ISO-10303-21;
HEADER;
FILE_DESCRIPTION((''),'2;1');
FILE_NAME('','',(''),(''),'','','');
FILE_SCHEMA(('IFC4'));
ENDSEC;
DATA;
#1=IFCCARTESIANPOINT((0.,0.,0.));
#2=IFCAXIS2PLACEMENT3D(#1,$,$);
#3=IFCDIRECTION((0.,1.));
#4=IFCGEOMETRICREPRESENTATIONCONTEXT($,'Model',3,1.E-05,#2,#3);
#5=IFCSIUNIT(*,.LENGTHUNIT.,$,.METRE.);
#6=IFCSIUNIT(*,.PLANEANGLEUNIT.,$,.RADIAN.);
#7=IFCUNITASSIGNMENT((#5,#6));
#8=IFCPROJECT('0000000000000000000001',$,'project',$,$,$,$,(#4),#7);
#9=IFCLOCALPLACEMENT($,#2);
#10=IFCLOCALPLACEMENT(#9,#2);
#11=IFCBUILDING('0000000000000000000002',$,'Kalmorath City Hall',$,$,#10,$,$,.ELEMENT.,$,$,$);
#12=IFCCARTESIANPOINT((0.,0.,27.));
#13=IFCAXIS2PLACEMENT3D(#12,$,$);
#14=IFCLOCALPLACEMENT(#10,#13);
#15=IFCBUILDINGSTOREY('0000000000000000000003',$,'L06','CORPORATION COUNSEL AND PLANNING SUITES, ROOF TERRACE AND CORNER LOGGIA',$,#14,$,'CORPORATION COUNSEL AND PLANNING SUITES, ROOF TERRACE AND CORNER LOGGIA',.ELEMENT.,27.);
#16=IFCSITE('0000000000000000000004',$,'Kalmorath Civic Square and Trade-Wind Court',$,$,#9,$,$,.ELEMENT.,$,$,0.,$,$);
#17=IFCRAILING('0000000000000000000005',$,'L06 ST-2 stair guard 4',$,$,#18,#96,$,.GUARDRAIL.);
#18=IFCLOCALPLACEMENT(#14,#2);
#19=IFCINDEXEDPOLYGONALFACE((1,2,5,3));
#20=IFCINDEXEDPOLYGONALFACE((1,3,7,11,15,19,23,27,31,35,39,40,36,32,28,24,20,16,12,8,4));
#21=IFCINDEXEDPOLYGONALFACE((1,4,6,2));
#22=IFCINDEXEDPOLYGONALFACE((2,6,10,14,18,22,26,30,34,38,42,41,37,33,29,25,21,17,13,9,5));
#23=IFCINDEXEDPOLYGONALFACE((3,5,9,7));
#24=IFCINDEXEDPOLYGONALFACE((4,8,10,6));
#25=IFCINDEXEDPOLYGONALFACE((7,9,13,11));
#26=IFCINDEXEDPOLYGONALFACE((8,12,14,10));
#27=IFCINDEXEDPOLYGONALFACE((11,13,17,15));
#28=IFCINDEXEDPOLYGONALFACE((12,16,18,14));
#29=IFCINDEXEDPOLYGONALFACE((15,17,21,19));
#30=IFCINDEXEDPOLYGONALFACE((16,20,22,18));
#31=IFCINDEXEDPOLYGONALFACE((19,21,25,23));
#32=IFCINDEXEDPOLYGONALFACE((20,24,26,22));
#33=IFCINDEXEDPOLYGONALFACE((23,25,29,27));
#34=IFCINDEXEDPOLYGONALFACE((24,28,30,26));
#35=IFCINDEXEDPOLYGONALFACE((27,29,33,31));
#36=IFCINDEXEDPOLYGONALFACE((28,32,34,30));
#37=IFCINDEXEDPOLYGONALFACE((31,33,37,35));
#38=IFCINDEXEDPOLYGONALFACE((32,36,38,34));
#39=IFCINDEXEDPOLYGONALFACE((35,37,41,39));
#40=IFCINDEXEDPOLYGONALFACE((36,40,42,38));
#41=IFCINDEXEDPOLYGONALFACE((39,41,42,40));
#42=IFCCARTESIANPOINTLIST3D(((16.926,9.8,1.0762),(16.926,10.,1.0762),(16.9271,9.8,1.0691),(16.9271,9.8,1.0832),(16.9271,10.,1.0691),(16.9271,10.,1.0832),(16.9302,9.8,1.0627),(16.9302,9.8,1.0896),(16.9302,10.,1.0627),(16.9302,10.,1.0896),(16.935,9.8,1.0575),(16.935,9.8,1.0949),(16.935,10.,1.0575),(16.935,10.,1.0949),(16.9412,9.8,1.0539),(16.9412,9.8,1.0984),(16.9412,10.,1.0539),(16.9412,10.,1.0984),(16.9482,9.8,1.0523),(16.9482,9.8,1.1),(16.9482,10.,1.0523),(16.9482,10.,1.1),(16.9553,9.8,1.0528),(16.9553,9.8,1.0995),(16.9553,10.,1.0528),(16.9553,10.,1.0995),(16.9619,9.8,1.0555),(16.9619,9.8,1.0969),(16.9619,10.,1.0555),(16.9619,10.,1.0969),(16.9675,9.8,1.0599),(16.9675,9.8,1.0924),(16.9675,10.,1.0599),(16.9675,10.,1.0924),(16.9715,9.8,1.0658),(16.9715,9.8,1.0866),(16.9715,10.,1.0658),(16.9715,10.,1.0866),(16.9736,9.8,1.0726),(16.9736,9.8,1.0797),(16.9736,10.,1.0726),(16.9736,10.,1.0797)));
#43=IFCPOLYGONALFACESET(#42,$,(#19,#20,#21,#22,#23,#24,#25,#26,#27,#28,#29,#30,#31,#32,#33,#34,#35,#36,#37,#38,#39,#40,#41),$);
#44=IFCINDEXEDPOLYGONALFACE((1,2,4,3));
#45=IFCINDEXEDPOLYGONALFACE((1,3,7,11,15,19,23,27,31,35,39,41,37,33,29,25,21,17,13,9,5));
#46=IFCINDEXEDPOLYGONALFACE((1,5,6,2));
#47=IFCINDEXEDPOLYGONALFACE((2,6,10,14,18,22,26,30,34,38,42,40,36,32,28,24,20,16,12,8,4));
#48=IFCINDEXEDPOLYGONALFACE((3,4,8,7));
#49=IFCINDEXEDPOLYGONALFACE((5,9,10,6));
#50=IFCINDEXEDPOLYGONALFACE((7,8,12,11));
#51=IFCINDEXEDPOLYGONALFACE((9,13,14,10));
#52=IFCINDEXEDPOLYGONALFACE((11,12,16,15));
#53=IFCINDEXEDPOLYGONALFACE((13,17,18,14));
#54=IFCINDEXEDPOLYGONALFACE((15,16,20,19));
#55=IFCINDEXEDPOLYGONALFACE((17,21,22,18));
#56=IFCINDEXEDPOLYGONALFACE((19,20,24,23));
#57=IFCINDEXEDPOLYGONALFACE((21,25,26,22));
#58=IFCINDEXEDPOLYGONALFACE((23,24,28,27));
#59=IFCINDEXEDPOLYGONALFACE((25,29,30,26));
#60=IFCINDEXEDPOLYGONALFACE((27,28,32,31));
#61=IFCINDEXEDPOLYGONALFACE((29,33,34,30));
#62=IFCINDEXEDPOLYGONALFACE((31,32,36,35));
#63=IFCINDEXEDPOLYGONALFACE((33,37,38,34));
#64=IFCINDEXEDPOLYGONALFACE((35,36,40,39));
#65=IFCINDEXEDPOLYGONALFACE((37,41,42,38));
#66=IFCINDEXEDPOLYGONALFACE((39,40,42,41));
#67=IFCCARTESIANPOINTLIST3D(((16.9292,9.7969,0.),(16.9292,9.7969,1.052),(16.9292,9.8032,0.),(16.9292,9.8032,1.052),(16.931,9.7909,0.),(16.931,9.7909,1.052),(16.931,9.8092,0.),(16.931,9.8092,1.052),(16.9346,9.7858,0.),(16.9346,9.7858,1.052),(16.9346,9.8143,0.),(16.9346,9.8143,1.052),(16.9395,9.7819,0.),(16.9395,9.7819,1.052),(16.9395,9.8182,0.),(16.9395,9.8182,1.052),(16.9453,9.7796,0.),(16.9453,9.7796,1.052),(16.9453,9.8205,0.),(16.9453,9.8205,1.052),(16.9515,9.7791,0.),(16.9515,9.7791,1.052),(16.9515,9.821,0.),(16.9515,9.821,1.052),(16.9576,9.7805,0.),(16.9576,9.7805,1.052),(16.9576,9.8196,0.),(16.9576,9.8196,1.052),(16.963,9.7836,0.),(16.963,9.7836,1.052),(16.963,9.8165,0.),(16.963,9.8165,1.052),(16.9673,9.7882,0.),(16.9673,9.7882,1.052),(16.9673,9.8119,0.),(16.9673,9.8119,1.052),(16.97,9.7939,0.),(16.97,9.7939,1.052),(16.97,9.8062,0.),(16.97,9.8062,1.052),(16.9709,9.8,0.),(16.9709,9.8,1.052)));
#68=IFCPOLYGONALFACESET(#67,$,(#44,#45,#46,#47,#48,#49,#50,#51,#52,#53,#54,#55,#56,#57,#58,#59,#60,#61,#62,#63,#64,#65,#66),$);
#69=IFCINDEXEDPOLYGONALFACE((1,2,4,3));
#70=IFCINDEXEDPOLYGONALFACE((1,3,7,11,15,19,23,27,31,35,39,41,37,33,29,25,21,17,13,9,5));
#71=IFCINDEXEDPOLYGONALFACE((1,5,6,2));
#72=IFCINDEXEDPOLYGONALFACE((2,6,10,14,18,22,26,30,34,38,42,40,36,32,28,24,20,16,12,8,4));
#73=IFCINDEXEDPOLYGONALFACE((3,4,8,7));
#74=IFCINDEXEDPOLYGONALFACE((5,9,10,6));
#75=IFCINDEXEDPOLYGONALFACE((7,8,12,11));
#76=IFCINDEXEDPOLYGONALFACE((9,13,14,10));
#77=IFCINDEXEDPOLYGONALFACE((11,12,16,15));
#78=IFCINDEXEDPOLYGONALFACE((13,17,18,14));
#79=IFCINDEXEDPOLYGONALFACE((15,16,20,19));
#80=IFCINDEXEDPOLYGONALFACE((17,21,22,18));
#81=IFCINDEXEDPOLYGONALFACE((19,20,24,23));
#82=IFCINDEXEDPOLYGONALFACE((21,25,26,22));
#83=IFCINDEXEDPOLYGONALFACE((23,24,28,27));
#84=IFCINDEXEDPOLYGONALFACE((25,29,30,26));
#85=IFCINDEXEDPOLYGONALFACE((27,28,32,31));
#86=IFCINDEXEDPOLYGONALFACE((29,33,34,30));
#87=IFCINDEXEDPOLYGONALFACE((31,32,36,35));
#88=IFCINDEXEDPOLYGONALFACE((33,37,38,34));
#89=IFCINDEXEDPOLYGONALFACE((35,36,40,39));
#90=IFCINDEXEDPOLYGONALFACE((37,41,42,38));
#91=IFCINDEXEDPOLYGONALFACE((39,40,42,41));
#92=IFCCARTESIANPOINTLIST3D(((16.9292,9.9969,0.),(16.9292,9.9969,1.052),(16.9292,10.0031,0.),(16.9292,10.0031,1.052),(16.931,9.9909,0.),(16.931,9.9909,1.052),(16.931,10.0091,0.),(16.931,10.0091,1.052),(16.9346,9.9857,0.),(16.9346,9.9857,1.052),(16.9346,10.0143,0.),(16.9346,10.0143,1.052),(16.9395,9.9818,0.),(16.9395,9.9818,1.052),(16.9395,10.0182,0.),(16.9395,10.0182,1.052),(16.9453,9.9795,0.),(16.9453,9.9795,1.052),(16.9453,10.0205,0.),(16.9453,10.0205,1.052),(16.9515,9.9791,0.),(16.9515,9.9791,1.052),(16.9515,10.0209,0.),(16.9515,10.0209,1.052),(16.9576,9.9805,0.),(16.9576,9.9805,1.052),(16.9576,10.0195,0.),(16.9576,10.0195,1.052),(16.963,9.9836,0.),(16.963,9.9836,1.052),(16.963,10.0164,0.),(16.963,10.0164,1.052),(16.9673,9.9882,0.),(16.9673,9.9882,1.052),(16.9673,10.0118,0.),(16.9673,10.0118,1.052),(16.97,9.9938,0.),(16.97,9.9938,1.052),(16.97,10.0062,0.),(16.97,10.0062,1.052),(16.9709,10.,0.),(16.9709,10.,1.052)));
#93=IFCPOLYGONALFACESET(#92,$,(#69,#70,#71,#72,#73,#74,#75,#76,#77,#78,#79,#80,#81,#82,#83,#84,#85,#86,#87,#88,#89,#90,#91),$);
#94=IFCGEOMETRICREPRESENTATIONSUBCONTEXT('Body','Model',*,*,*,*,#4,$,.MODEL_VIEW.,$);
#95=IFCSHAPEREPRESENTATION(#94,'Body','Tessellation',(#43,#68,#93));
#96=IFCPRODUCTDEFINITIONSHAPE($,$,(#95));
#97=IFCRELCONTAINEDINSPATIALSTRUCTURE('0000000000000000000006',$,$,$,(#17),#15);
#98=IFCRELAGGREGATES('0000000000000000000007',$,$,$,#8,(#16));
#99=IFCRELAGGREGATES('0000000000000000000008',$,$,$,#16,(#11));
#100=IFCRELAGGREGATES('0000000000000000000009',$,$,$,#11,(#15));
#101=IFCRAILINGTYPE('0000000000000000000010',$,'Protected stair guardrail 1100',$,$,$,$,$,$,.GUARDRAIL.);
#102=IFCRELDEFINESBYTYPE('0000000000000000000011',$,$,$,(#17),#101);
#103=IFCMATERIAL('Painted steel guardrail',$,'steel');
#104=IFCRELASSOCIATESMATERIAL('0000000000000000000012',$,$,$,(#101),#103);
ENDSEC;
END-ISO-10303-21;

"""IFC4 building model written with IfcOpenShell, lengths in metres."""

from ifc_helpers import new_model, si_unit, direction, frame, origin, origin_2d, place, context, subcontext, project, spatial, circle, extrude, material, type_object, element, save


model = new_model("IFC4")

# Units and contexts
model_context = context("Model", 3, precision=1e-05, world=origin(), true_north=direction((0.0, 1.0)))
body_context = subcontext(model_context, "Body", "Model", "MODEL_VIEW")
ifc_project = project(units=[si_unit("LENGTHUNIT", "METRE"), si_unit("PLANEANGLEUNIT", "RADIAN")], contexts=[model_context])

# Site, building, storey
site_placement = place(None, origin())
site = spatial("IfcSite", under=ifc_project, at=site_placement, Name="Kalmorath Civic Square and Trade-Wind Court", CompositionType="ELEMENT", RefElevation=0.0)
building_placement = place(site_placement, origin())
building = spatial("IfcBuilding", under=site, at=building_placement, Name="Kalmorath City Hall", CompositionType="ELEMENT")
storey_placement = place(building_placement, frame((0.0, 0.0, 27.0)))
storey = spatial("IfcBuildingStorey", under=building, at=storey_placement, Name="L06", Description="CORPORATION COUNSEL AND PLANNING SUITES, ROOF TERRACE AND CORNER LOGGIA", LongName="CORPORATION COUNSEL AND PLANNING SUITES, ROOF TERRACE AND CORNER LOGGIA", CompositionType="ELEMENT", Elevation=27.0)

# Railing
ifc_material_1 = material(Name="Painted steel guardrail", Category="steel")
railing_type_1 = type_object("IfcRailingType", Name="Protected stair guardrail 1100", PredefinedType="GUARDRAIL", material=ifc_material_1)
railing_1_placement = place(storey_placement, frame((16.95, 9.8, 0.0)))
element("IfcRailing", 1, at=railing_1_placement, inside=storey, type_object=railing_type_1, Name="L06 ST-2 stair guard 4", PredefinedType="GUARDRAIL", context=body_context, shape_type="SweptSolid", body=[
    extrude(circle(Radius=0.0239, at=origin_2d()), frame((0.0, 0.0, 1.0762), z_axis=(0.0, 1.0, 0.0), x_axis=(-1.0, 0.0, 0.0)), (0.0, 0.0, 1.0), 0.2),
    extrude(circle(Radius=0.021, at=origin_2d()), origin(), (0.0, 0.0, 1.0), 1.052),
    extrude(circle(Radius=0.021, at=origin_2d()), frame((0.0, 0.2, 0.0)), (0.0, 0.0, 1.0), 1.052),
])

save(model, "model.ifc")
